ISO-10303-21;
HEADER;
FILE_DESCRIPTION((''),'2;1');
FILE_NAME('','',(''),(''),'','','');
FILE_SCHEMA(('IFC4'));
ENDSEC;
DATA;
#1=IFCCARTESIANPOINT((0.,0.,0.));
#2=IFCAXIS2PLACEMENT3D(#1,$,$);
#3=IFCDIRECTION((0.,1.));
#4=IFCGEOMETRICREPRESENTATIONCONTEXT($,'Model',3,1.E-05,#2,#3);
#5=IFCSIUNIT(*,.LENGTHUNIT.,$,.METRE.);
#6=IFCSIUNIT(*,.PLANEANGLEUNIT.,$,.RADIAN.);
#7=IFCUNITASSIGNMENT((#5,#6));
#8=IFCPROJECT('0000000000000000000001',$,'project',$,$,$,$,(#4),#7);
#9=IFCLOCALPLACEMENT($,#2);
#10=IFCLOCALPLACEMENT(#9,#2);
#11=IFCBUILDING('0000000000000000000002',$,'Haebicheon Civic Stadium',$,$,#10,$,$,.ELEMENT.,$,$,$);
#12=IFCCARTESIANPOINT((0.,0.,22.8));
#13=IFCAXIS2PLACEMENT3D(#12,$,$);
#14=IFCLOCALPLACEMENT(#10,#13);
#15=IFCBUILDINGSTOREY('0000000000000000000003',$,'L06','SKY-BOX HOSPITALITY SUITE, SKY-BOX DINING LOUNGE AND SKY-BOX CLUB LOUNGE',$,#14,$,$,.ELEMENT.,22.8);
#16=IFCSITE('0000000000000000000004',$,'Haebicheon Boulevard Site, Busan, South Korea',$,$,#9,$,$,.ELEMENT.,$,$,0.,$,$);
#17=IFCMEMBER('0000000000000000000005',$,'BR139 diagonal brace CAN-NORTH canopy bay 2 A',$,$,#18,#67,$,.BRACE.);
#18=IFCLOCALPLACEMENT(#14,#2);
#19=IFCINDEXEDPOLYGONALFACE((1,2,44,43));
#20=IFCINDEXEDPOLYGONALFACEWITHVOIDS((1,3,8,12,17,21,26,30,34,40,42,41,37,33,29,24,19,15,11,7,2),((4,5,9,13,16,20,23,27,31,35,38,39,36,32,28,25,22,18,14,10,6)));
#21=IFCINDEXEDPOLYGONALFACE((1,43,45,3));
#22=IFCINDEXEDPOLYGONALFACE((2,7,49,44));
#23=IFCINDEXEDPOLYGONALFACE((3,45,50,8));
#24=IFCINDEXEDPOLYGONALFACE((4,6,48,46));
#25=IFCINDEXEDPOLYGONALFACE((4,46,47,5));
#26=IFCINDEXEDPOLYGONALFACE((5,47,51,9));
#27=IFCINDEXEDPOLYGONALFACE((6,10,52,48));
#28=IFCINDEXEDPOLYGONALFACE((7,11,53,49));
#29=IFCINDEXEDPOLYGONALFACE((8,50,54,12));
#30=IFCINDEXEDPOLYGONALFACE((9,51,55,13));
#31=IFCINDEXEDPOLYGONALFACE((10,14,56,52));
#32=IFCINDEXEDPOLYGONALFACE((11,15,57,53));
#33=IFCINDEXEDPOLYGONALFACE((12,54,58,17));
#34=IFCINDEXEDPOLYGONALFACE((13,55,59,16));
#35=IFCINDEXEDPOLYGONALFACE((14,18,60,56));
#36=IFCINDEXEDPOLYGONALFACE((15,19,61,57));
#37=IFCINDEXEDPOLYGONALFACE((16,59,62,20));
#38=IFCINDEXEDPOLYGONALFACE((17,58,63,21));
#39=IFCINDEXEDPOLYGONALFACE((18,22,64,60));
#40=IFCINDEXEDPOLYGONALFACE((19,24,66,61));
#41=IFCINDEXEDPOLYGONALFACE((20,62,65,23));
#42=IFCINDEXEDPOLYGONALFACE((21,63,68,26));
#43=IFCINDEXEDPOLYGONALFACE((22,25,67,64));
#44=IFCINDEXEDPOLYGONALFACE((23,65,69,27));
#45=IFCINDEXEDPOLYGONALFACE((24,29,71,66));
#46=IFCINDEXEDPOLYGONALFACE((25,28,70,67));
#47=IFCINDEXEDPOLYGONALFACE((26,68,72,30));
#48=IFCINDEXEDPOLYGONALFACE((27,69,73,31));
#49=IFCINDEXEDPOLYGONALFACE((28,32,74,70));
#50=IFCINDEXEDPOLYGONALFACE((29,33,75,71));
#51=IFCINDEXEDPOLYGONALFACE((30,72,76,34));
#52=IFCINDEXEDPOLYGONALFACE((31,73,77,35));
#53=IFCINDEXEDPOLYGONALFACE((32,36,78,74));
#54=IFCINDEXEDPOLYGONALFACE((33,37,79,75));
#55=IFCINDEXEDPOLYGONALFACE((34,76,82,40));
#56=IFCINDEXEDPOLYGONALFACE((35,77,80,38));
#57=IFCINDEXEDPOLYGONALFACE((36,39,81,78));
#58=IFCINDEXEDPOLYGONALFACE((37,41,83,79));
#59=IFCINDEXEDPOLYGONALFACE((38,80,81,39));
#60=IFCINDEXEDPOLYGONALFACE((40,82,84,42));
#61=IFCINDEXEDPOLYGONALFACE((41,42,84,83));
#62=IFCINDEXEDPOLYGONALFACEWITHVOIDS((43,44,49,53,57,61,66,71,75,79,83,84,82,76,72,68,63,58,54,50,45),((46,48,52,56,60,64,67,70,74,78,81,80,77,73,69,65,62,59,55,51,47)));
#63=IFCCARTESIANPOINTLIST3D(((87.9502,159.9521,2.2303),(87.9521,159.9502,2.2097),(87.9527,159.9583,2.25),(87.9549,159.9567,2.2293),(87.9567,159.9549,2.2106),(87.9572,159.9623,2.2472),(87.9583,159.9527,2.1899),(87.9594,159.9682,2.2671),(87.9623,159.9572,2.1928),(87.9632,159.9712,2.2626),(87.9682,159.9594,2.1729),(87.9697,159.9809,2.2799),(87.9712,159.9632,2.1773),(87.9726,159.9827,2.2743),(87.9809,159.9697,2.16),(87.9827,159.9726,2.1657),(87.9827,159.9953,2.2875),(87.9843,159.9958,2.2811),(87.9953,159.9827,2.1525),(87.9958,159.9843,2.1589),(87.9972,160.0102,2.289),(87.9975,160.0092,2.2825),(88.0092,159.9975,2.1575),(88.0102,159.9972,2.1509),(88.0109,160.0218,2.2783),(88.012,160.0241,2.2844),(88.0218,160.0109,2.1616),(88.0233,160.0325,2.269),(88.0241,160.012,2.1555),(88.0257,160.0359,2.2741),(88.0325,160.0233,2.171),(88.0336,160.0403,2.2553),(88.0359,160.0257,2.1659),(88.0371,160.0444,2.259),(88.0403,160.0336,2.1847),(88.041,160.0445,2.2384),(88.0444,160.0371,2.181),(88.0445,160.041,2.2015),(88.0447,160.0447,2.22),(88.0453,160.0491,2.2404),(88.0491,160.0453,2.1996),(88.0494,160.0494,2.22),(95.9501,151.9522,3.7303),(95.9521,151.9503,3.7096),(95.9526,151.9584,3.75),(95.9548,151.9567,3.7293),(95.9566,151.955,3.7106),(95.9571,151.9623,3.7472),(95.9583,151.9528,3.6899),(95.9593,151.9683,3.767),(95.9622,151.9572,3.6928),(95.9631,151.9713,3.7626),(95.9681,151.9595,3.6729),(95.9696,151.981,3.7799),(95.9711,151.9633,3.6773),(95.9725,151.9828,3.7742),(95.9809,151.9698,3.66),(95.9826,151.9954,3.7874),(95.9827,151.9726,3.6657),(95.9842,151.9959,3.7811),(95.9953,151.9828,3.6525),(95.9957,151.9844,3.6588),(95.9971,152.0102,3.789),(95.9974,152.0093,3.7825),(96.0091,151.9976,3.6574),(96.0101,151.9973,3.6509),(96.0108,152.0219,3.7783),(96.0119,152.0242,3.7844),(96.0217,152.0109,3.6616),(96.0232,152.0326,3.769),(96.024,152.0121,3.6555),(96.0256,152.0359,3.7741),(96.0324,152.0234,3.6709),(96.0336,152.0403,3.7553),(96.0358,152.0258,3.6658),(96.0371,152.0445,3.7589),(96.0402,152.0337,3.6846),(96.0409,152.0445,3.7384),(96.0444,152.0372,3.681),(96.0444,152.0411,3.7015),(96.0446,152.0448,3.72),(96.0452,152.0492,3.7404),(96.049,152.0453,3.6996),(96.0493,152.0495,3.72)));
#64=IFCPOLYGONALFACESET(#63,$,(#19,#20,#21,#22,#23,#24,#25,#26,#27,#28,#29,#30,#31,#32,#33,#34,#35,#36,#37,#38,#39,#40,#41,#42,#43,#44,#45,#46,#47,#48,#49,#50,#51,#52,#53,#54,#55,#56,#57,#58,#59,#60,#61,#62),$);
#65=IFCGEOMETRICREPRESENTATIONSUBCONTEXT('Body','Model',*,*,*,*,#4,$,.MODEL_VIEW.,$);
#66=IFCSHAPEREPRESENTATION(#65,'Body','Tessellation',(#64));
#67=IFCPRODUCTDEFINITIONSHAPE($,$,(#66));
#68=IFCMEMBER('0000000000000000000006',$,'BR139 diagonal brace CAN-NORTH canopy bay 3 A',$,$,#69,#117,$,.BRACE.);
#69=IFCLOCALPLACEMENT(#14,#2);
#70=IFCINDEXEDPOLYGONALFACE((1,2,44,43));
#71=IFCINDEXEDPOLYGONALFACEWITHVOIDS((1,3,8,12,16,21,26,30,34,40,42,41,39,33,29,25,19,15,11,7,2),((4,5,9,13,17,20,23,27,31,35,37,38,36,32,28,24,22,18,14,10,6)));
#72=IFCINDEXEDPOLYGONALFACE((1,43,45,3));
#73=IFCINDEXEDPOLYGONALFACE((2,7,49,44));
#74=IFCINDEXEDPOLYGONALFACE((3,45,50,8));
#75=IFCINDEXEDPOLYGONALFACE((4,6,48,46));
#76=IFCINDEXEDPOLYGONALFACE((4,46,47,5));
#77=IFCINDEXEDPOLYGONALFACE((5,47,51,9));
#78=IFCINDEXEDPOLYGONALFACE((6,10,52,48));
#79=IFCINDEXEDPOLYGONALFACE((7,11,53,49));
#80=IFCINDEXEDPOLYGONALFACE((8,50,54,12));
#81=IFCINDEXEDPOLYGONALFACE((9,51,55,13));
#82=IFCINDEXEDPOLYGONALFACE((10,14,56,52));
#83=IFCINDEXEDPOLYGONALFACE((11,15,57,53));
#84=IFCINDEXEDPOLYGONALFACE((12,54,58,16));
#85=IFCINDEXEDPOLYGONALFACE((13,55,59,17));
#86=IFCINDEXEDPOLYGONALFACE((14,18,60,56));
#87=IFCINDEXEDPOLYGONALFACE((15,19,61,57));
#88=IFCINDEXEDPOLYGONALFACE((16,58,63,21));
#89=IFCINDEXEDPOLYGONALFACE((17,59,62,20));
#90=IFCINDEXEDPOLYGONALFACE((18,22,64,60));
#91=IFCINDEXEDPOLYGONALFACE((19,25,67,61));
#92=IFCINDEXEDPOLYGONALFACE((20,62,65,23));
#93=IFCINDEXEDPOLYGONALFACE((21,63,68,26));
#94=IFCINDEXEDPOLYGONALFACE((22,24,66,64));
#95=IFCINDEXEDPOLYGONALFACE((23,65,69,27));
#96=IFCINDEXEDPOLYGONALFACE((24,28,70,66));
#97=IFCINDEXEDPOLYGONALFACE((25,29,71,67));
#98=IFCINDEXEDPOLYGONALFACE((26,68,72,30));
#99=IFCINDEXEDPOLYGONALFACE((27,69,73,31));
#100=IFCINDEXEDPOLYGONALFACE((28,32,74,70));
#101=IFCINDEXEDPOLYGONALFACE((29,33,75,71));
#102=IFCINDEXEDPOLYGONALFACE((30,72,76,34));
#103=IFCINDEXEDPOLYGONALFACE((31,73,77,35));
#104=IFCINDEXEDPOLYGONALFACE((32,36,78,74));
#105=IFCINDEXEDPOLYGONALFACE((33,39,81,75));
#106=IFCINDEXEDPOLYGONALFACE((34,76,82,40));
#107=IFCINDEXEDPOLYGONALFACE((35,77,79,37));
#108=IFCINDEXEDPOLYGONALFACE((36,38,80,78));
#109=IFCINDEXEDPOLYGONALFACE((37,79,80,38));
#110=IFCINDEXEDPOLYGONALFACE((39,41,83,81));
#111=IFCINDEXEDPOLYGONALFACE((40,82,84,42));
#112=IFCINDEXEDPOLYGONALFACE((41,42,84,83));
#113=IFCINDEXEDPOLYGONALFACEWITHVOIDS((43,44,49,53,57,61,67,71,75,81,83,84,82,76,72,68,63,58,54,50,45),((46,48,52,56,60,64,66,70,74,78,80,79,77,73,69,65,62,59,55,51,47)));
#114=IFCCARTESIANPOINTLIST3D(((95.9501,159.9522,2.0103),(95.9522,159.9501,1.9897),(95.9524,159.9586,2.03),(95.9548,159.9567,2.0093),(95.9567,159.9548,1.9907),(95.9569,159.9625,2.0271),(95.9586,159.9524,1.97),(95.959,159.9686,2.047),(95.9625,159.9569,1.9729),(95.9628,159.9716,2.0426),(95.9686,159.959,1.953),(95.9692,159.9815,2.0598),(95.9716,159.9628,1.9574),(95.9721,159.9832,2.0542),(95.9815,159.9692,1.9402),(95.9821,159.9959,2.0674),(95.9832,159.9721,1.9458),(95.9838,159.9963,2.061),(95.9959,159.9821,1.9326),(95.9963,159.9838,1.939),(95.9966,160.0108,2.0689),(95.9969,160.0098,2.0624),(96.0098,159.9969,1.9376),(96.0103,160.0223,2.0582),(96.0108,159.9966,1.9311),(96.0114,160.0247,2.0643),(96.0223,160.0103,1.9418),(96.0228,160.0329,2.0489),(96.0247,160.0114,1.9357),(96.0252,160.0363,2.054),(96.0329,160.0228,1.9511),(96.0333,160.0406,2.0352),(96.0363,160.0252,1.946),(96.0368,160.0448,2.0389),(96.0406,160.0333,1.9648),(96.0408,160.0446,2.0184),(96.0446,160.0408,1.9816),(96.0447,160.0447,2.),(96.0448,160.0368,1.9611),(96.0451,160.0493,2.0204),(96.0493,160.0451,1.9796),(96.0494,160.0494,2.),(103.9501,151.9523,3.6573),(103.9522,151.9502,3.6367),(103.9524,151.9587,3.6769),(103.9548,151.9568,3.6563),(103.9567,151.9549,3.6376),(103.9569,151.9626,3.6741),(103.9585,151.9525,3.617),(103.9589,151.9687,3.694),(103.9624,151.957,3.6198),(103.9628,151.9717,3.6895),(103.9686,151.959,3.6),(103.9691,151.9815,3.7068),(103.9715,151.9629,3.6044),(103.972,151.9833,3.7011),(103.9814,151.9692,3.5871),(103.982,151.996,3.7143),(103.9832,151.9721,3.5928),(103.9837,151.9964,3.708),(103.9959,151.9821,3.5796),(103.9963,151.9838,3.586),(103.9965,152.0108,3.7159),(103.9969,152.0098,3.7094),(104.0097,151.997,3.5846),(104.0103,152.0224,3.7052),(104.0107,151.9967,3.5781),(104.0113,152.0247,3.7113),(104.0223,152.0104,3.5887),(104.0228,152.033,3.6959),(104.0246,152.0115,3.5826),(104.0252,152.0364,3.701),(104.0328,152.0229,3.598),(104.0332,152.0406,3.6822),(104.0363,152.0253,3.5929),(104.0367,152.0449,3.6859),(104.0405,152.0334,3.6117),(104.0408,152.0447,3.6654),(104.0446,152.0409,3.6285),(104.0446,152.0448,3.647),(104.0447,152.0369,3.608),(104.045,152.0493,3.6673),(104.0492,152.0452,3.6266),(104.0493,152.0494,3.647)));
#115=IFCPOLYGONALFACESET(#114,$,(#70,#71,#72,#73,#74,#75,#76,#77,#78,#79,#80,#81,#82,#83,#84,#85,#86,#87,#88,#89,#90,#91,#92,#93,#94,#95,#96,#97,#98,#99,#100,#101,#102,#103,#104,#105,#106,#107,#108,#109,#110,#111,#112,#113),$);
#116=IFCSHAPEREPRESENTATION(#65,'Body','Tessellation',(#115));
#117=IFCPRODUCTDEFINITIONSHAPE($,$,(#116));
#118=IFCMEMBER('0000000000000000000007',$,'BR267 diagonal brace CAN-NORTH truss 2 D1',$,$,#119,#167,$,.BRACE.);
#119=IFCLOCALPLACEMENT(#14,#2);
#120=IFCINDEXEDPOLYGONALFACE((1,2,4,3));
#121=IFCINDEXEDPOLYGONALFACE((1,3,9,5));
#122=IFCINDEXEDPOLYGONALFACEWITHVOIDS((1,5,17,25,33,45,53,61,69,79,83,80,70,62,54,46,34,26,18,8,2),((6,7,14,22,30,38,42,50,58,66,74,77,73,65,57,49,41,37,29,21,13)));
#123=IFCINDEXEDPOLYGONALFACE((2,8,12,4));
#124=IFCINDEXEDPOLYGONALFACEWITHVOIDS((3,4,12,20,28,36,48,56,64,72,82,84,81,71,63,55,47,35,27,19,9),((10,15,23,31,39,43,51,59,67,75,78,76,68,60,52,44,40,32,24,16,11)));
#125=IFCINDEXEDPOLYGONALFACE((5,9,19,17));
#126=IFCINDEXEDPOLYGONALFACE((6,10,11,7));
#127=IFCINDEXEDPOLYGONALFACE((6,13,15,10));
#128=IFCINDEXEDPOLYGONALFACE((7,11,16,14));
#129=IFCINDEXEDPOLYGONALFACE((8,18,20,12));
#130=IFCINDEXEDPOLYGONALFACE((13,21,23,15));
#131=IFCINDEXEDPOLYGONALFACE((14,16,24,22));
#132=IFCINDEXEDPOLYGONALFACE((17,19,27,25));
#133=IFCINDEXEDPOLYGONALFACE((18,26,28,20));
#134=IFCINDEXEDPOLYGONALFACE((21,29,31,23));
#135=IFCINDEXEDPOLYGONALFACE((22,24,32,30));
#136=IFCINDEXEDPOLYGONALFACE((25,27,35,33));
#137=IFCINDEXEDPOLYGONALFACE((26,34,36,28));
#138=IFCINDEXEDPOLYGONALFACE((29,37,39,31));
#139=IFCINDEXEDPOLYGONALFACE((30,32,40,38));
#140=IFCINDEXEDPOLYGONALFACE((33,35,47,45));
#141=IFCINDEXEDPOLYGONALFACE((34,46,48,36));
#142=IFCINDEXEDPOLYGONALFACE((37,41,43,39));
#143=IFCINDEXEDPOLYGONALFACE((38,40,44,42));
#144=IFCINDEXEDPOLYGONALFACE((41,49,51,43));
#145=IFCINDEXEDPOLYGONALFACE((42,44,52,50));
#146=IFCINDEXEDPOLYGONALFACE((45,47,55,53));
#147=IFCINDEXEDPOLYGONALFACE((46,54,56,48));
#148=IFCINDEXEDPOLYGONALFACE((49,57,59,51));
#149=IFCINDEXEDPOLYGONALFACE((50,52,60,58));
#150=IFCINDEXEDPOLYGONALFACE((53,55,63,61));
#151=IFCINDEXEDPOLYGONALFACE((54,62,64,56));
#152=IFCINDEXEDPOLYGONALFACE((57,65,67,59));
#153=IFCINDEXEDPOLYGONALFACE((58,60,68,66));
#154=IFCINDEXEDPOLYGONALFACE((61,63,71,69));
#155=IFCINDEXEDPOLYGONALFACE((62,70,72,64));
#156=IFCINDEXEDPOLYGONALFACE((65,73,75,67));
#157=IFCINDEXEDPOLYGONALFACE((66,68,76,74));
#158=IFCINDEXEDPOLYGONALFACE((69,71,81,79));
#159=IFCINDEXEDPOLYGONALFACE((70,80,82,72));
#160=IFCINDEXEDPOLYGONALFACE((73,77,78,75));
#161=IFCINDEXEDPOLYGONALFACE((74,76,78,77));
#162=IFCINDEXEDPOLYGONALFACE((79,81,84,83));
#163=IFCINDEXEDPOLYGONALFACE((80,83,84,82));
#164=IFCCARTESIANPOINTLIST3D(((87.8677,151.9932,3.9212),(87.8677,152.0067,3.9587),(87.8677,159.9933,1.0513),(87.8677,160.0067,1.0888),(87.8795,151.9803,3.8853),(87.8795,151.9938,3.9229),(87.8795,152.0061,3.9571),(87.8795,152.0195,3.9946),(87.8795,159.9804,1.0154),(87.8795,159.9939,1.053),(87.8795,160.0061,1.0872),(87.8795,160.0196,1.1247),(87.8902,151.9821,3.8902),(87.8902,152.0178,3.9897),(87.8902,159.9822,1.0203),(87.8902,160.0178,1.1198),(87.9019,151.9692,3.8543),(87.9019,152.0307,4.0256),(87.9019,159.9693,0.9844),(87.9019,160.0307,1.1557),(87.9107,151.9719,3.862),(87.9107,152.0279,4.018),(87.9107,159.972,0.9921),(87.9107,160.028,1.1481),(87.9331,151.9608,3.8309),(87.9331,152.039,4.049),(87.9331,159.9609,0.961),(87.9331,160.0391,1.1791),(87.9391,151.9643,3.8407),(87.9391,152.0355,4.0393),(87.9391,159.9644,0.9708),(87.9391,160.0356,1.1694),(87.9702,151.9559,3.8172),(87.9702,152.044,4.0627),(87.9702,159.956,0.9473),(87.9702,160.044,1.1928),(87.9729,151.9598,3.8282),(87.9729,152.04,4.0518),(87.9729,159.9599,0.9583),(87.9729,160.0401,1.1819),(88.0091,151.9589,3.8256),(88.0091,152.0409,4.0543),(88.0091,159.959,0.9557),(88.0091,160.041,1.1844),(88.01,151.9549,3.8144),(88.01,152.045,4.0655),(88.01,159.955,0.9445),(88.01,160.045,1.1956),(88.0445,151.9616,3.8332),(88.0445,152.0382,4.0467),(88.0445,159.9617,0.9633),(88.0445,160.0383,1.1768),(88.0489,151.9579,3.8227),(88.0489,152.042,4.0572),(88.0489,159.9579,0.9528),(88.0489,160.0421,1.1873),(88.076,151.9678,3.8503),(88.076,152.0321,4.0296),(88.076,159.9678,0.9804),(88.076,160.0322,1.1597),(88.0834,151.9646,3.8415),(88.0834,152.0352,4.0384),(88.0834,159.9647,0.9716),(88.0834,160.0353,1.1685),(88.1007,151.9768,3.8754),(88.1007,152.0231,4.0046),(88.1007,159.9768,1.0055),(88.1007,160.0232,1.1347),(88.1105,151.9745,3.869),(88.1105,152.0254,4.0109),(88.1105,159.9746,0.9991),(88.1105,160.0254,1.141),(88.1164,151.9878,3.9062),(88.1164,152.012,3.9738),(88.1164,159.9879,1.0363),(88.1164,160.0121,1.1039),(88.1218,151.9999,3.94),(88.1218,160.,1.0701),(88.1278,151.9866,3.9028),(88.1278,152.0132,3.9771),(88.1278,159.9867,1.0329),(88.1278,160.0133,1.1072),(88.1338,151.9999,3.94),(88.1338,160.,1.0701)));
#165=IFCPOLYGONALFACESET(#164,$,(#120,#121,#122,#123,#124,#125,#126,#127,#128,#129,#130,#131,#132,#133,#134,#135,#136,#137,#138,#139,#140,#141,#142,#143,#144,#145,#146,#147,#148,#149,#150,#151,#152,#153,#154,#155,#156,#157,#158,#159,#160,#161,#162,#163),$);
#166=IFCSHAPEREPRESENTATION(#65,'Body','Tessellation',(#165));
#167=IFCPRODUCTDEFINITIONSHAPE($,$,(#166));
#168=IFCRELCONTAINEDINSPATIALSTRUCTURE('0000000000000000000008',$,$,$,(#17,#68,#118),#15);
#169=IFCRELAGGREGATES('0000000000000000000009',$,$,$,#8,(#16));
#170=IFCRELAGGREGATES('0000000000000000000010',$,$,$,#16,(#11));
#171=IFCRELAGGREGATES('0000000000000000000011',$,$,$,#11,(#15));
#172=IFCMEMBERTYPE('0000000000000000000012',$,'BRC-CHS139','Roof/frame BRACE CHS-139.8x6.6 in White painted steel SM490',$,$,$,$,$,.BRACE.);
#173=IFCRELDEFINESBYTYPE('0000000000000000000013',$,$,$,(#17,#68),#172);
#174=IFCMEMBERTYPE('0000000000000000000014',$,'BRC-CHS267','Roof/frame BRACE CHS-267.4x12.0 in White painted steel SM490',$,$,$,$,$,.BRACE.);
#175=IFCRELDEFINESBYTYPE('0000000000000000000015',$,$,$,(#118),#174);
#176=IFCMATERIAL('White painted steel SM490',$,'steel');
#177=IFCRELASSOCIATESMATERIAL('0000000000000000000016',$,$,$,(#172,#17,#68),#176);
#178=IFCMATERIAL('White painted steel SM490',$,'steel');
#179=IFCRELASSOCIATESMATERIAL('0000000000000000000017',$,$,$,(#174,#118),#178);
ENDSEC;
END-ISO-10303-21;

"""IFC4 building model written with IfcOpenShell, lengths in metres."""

from ifc_helpers import new_model, si_unit, direction, frame, origin, origin_2d, place, context, subcontext, project, spatial, hollow_circle, extrude, material, material_profile, profile_set, type_object, element, save


model = new_model("IFC4")

# Units and contexts
model_context = context("Model", 3, precision=1e-05, world=origin(), true_north=direction((0.0, 1.0)))
body_context = subcontext(model_context, "Body", "Model", "MODEL_VIEW")
ifc_project = project(units=[si_unit("LENGTHUNIT", "METRE"), si_unit("PLANEANGLEUNIT", "RADIAN")], contexts=[model_context])

# Site, building, storey
site_placement = place(None, origin())
site = spatial("IfcSite", under=ifc_project, at=site_placement, Name="Haebicheon Boulevard Site, Busan, South Korea", CompositionType="ELEMENT", RefElevation=0.0)
building_placement = place(site_placement, origin())
building = spatial("IfcBuilding", under=site, at=building_placement, Name="Haebicheon Civic Stadium", CompositionType="ELEMENT")
storey_placement = place(building_placement, frame((0.0, 0.0, 22.8)))
storey = spatial("IfcBuildingStorey", under=building, at=storey_placement, Name="L06", Description="SKY-BOX HOSPITALITY SUITE, SKY-BOX DINING LOUNGE AND SKY-BOX CLUB LOUNGE", CompositionType="ELEMENT", Elevation=22.8)

# Members
ifc_material_1 = material(Name="White painted steel SM490", Category="steel")
ifc_material_profile_1 = material_profile(ifc_material_1, hollow_circle(Radius=0.0698, WallThickness=0.0066, at=origin_2d()), Name="CHS-139.8x6.6")
ifc_profile_set_1 = profile_set([ifc_material_profile_1], Name="White painted steel SM490")
member_type_1 = type_object("IfcMemberType", Name="BRC-CHS139", Description="Roof/frame BRACE CHS-139.8x6.6 in White painted steel SM490", PredefinedType="BRACE", material=ifc_profile_set_1)
member_1_placement = place(storey_placement, frame((88.0, 160.0, 2.22), z_axis=(0.700973, -0.700973, 0.131432), x_axis=(0.707107, 0.707107, 0.0)))
element("IfcMember", 1, at=member_1_placement, inside=storey, type_object=member_type_1, material=ifc_profile_set_1, Name="BR139 diagonal brace CAN-NORTH canopy bay 2 A", PredefinedType="BRACE", context=body_context, shape_type="SweptSolid", body=[
    extrude(hollow_circle(Radius=0.0698, WallThickness=0.0066, at=origin_2d()), origin(), (0.0, 0.0, 1.0), 11.4126),
])
member_2_placement = place(storey_placement, frame((96.0, 160.0, 2.0), z_axis=(0.699731, -0.699731, 0.144055), x_axis=(0.707107, 0.707107, 0.0)))
element("IfcMember", 2, at=member_2_placement, inside=storey, type_object=member_type_1, material=ifc_profile_set_1, Name="BR139 diagonal brace CAN-NORTH canopy bay 3 A", PredefinedType="BRACE", context=body_context, shape_type="SweptSolid", body=[
    extrude(hollow_circle(Radius=0.0698, WallThickness=0.0066, at=origin_2d()), origin(), (0.0, 0.0, 1.0), 11.4329),
])
ifc_material_2 = material(Name="White painted steel SM490", Category="steel")
ifc_material_profile_2 = material_profile(ifc_material_2, hollow_circle(Radius=0.1338, WallThickness=0.012, at=origin_2d()), Name="CHS-267.4x12.0")
ifc_profile_set_2 = profile_set([ifc_material_profile_2], Name="White painted steel SM490")
member_type_2 = type_object("IfcMemberType", Name="BRC-CHS267", Description="Roof/frame BRACE CHS-267.4x12.0 in White painted steel SM490", PredefinedType="BRACE", material=ifc_profile_set_2)
for number, where, z_axis, x_axis, name in (
    (3, (88.0, 160.0, 1.0701), (0.0, -0.941267, 0.337664), (1.0, 0.0, 0.0), "BR267 diagonal brace CAN-NORTH truss 2 D1"),
):
    element("IfcMember", number, at=place(storey_placement, frame(where, z_axis=z_axis, x_axis=x_axis)), inside=storey, type_object=member_type_2, material=ifc_profile_set_2, Name=name, PredefinedType="BRACE", context=body_context, shape_type="SweptSolid", body=[
        extrude(hollow_circle(Radius=0.1338, WallThickness=0.012, at=origin_2d()), origin(), (0.0, 0.0, 1.0), 8.4993),
    ])

save(model, "model.ifc")
